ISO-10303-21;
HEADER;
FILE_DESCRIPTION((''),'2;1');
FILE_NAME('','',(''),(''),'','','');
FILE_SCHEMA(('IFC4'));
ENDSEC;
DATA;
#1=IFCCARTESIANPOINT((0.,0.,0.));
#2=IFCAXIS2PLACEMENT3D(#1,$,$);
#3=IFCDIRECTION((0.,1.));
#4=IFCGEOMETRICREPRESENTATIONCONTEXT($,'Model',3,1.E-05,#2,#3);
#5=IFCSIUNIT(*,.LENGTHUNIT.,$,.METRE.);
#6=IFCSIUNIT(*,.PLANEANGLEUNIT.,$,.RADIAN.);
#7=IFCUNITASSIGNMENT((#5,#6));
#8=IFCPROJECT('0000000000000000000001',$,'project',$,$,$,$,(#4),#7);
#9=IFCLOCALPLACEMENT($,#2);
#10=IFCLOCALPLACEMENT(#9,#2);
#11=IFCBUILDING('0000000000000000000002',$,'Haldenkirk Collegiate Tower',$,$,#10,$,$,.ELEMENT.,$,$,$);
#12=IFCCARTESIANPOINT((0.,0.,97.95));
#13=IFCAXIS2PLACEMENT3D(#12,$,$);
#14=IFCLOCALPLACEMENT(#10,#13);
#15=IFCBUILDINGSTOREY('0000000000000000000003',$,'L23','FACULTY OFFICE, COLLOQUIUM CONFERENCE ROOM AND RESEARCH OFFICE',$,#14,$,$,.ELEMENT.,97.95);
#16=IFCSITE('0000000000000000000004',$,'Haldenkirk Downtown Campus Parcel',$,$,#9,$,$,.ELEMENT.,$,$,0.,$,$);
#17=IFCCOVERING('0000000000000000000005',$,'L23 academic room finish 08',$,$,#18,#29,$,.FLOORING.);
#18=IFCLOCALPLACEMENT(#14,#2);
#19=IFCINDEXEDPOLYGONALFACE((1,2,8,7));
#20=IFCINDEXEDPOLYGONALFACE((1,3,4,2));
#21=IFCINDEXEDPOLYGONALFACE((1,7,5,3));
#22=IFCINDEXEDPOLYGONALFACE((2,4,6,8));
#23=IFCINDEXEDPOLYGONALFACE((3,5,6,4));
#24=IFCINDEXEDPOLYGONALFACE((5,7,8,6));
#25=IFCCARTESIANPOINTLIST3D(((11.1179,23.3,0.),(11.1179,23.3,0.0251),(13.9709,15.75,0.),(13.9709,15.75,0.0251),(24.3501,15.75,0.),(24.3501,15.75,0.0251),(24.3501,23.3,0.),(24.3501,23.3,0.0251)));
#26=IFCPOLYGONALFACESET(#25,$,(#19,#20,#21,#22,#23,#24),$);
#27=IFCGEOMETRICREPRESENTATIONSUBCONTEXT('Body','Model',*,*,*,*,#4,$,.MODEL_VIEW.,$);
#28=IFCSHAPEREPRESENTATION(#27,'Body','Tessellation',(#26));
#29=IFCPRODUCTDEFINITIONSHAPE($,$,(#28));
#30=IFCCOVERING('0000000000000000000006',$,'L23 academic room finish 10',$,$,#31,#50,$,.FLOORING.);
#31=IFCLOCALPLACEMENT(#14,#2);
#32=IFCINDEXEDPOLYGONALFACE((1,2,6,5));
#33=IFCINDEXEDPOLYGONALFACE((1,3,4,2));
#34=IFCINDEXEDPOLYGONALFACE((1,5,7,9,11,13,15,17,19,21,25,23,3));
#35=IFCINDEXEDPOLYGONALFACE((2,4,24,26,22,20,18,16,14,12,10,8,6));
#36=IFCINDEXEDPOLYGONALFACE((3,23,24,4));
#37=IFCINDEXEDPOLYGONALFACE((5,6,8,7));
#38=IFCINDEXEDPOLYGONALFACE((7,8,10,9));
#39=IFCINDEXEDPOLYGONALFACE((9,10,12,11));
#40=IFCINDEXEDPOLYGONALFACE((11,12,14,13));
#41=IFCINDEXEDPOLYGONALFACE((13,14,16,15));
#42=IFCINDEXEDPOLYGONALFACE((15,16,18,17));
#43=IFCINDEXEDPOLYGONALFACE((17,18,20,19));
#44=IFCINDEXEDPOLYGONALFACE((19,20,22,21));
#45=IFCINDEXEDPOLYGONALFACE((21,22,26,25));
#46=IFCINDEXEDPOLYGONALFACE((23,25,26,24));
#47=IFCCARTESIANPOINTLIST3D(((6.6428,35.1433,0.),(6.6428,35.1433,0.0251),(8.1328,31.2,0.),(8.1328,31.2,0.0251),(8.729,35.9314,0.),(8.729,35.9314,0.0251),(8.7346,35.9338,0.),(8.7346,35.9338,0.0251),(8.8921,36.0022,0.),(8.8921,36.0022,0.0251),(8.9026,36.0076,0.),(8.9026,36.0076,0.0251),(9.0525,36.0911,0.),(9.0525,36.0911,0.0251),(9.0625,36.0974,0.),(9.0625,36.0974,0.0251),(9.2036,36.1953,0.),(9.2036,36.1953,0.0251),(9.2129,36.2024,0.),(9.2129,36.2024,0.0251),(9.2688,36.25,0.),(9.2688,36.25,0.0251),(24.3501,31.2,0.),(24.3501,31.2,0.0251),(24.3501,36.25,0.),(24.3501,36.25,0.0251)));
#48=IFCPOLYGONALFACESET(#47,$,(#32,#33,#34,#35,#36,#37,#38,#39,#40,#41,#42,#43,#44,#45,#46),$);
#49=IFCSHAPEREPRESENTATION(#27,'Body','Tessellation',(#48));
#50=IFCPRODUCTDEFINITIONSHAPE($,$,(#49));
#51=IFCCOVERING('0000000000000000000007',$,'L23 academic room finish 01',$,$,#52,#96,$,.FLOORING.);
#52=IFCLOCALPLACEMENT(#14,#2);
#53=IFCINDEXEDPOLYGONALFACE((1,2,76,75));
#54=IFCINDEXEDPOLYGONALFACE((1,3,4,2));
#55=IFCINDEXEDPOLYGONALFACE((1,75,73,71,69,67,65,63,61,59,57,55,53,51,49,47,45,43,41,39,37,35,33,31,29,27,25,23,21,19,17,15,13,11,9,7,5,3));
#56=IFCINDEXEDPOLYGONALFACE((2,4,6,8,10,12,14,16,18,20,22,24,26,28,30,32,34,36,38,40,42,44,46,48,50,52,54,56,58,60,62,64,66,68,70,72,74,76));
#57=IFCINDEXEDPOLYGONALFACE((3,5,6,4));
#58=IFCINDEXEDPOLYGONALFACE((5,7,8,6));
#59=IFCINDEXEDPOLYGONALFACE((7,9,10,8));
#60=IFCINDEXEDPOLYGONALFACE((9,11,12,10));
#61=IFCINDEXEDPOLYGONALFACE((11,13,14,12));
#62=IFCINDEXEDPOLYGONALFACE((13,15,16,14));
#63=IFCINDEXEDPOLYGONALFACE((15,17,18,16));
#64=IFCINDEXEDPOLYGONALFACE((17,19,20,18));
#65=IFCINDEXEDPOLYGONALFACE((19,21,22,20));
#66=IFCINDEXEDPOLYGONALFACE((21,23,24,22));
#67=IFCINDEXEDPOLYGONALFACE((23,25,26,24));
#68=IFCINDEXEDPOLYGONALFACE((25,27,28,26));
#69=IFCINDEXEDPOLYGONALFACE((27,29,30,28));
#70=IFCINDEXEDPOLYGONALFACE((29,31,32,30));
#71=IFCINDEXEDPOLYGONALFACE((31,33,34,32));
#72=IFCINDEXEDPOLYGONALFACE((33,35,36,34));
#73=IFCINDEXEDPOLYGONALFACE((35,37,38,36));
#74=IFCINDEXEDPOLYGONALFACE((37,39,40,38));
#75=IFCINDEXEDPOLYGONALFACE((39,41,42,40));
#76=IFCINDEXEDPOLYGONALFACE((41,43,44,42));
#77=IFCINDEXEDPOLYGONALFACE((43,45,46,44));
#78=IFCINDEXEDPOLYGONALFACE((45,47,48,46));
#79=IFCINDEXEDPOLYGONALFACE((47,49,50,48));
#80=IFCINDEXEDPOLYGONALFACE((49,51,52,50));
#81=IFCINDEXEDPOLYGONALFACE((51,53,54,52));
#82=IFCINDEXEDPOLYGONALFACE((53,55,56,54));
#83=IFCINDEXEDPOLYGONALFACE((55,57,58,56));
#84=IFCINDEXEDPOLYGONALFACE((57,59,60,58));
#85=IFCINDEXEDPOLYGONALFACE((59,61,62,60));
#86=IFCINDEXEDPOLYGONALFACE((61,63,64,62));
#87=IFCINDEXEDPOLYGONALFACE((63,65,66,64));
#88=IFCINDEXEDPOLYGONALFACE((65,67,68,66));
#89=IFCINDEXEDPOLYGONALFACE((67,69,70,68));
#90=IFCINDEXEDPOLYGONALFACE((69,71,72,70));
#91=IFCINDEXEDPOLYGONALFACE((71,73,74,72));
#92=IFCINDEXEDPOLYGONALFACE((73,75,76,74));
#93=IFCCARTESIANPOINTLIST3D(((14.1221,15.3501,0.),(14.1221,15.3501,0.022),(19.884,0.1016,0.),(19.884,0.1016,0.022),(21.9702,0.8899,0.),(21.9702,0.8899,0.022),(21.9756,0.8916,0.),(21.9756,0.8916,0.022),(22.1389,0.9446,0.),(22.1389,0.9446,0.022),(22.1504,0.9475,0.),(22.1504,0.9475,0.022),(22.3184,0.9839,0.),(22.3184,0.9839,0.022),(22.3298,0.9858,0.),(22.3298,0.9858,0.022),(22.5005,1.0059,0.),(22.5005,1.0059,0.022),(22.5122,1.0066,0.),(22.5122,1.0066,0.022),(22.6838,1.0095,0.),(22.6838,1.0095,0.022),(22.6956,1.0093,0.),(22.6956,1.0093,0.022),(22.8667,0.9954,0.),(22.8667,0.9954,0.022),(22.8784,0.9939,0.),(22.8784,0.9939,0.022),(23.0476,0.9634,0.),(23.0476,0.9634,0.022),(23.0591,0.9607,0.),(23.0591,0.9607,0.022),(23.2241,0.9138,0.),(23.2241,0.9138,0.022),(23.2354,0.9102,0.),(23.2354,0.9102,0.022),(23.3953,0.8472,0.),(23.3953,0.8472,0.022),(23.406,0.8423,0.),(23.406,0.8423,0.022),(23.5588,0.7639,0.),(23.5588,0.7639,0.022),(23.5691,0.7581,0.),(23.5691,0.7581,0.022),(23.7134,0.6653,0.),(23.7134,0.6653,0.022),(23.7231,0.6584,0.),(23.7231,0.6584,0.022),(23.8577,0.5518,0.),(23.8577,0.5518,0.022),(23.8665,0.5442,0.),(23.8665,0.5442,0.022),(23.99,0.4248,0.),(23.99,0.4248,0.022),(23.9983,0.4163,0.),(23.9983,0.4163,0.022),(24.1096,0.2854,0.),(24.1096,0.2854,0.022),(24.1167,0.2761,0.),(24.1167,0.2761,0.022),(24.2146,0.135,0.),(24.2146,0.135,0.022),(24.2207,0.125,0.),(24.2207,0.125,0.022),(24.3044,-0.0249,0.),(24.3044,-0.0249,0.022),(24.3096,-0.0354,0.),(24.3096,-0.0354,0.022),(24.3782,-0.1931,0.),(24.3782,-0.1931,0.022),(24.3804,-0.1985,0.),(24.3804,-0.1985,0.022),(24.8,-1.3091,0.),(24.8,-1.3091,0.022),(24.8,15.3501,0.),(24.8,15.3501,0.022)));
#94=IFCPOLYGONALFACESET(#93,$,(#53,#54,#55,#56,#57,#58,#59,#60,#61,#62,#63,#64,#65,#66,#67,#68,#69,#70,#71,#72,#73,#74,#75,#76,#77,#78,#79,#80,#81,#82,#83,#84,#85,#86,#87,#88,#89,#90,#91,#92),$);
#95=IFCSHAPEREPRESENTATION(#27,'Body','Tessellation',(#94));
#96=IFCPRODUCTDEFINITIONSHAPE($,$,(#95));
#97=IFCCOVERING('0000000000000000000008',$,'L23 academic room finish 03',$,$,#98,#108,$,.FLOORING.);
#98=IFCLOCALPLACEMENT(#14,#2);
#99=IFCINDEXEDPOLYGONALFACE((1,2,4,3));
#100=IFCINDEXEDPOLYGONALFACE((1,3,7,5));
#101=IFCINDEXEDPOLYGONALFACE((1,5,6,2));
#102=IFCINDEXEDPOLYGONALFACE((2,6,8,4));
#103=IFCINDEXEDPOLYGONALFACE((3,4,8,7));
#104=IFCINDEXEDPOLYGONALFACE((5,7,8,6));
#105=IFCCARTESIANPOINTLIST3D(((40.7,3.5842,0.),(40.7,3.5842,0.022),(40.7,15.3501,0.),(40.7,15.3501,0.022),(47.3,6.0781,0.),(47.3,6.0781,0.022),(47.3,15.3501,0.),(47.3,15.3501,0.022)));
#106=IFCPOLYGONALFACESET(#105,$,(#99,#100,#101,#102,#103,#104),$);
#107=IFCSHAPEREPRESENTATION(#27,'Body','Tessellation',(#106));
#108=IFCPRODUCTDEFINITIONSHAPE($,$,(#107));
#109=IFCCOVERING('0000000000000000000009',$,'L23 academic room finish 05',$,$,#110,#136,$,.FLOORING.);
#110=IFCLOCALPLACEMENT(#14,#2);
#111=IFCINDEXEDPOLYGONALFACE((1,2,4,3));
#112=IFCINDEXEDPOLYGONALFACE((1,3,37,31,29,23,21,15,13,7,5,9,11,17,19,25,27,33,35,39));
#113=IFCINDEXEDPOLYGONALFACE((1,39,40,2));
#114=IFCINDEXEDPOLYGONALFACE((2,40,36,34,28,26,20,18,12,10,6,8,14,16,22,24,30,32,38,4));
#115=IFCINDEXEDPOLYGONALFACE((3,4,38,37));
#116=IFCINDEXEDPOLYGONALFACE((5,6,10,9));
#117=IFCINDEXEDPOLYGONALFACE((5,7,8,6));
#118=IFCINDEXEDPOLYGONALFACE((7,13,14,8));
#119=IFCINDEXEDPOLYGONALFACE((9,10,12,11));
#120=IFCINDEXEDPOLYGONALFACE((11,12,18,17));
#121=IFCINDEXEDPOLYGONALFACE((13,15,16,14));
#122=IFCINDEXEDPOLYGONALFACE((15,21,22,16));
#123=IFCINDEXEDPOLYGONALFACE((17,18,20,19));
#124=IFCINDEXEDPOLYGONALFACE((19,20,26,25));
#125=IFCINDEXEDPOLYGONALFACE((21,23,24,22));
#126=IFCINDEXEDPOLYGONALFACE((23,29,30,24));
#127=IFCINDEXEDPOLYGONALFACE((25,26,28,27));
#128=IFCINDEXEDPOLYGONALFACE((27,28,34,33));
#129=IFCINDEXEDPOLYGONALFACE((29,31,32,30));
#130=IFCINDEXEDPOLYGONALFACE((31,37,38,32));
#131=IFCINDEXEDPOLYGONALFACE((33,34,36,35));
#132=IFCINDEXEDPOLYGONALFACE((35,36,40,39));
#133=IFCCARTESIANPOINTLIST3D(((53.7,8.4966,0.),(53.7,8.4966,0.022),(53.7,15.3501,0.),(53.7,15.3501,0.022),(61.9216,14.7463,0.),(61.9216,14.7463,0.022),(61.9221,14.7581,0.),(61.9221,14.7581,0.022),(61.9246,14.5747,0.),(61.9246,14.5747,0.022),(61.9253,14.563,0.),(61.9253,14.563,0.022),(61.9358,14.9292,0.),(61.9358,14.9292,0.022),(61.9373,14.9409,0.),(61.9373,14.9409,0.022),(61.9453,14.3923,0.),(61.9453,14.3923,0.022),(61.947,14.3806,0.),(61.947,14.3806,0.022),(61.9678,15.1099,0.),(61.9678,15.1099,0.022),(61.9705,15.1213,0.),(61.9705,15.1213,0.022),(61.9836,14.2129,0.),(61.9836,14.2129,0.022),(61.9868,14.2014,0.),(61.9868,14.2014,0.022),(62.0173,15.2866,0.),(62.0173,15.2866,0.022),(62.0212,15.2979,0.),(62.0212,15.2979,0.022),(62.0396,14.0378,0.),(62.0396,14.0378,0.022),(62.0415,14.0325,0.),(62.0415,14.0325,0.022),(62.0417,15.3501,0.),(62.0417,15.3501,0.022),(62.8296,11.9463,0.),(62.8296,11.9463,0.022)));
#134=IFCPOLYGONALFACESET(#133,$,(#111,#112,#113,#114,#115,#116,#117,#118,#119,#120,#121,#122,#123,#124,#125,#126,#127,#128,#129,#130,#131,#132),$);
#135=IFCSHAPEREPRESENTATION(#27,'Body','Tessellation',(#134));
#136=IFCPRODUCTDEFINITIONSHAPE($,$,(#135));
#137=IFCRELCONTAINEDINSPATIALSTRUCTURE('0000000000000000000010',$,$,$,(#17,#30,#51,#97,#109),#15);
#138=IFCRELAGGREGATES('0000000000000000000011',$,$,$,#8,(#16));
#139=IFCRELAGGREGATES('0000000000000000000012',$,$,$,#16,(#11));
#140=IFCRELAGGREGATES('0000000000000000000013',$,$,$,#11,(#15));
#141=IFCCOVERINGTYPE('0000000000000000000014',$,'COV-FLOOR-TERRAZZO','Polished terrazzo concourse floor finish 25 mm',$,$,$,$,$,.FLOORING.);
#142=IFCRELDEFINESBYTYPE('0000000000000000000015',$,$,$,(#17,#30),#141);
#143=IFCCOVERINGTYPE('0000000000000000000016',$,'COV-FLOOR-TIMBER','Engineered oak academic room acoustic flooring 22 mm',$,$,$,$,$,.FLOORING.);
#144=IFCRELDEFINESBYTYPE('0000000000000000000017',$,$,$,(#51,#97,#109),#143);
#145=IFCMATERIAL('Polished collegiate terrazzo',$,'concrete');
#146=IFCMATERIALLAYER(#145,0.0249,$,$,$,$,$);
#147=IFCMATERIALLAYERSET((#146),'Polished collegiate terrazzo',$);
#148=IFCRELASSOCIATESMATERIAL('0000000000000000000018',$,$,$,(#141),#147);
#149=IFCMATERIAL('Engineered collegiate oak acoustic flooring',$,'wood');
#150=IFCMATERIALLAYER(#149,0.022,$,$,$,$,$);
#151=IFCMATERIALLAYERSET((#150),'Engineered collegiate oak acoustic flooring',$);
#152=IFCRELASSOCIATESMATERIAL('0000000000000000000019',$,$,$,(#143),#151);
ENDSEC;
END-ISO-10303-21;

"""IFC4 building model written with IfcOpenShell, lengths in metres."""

from ifc_helpers import new_model, si_unit, direction, frame, origin, place, context, subcontext, project, spatial, polyline, outline, extrude, material, layer, layer_set, type_object, element, save


model = new_model("IFC4")

# Units and contexts
model_context = context("Model", 3, precision=1e-05, world=origin(), true_north=direction((0.0, 1.0)))
body_context = subcontext(model_context, "Body", "Model", "MODEL_VIEW")
ifc_project = project(units=[si_unit("LENGTHUNIT", "METRE"), si_unit("PLANEANGLEUNIT", "RADIAN")], contexts=[model_context])

# Site, building, storey
site_placement = place(None, origin())
site = spatial("IfcSite", under=ifc_project, at=site_placement, Name="Haldenkirk Downtown Campus Parcel", CompositionType="ELEMENT", RefElevation=0.0)
building_placement = place(site_placement, origin())
building = spatial("IfcBuilding", under=site, at=building_placement, Name="Haldenkirk Collegiate Tower", CompositionType="ELEMENT")
storey_placement = place(building_placement, frame((0.0, 0.0, 97.95)))
storey = spatial("IfcBuildingStorey", under=building, at=storey_placement, Name="L23", Description="FACULTY OFFICE, COLLOQUIUM CONFERENCE ROOM AND RESEARCH OFFICE", CompositionType="ELEMENT", Elevation=97.95)

# Coverings
ifc_material_1 = material(Name="Polished collegiate terrazzo", Category="concrete")
ifc_layer_1 = layer(ifc_material_1, 0.0249)
ifc_layer_set_1 = layer_set([ifc_layer_1], Name="Polished collegiate terrazzo")
covering_type_1 = type_object("IfcCoveringType", Name="COV-FLOOR-TERRAZZO", Description="Polished terrazzo concourse floor finish 25 mm", PredefinedType="FLOORING", material=ifc_layer_set_1)
covering_1_placement = place(storey_placement, origin())
element("IfcCovering", 1, at=covering_1_placement, inside=storey, type_object=covering_type_1, Name="L23 academic room finish 08", PredefinedType="FLOORING", context=body_context, shape_type="SweptSolid", body=[
    extrude(outline(polyline([(11.1179, 23.3), (24.3501, 23.3), (24.3501, 15.75), (13.9709, 15.75), (11.1179, 23.3)])), origin(), (0.0, 0.0, 1.0), 0.0251),
])
covering_2_placement = place(storey_placement, origin())
element("IfcCovering", 2, at=covering_2_placement, inside=storey, type_object=covering_type_1, Name="L23 academic room finish 10", PredefinedType="FLOORING", context=body_context, shape_type="SweptSolid", body=[
    extrude(outline(polyline([(8.729, 35.9314), (8.7346, 35.9338), (8.8921, 36.0022), (8.9026, 36.0076), (9.0525, 36.0911), (9.0625, 36.0974), (9.2036, 36.1953), (9.2129, 36.2024), (9.2688, 36.25), (24.3501, 36.25), (24.3501, 31.2), (8.1328, 31.2), (6.6428, 35.1433), (8.729, 35.9314)])), origin(), (0.0, 0.0, 1.0), 0.0251),
])
ifc_material_2 = material(Name="Engineered collegiate oak acoustic flooring", Category="wood")
ifc_layer_2 = layer(ifc_material_2, 0.022)
ifc_layer_set_2 = layer_set([ifc_layer_2], Name="Engineered collegiate oak acoustic flooring")
covering_type_2 = type_object("IfcCoveringType", Name="COV-FLOOR-TIMBER", Description="Engineered oak academic room acoustic flooring 22 mm", PredefinedType="FLOORING", material=ifc_layer_set_2)
covering_3_placement = place(storey_placement, origin())
element("IfcCovering", 3, at=covering_3_placement, inside=storey, type_object=covering_type_2, Name="L23 academic room finish 01", PredefinedType="FLOORING", context=body_context, shape_type="SweptSolid", body=[
    extrude(outline(polyline([(23.9983, 0.4163), (23.99, 0.4248), (23.8665, 0.5442), (23.8577, 0.5518), (23.7231, 0.6584), (23.7134, 0.6653), (23.5691, 0.7581), (23.5588, 0.7639), (23.406, 0.8423), (23.3953, 0.8472), (23.2354, 0.9102), (23.2241, 0.9138), (23.0591, 0.9607), (23.0476, 0.9634), (22.8784, 0.9939), (22.8667, 0.9954), (22.6956, 1.0093), (22.6838, 1.0095), (22.5122, 1.0066), (22.5005, 1.0059), (22.3298, 0.9858), (22.3184, 0.9839), (22.1504, 0.9475), (22.1389, 0.9446), (21.9756, 0.8916), (21.9702, 0.8899), (19.884, 0.1016), (14.1221, 15.3501), (24.8, 15.3501), (24.8, -1.3091), (24.3804, -0.1985), (24.3782, -0.1931), (24.3096, -0.0354), (24.3044, -0.0249), (24.2207, 0.125), (24.2146, 0.135), (24.1167, 0.2761), (24.1096, 0.2854), (23.9983, 0.4163)])), origin(), (0.0, 0.0, 1.0), 0.022),
])
covering_4_placement = place(storey_placement, origin())
element("IfcCovering", 4, at=covering_4_placement, inside=storey, type_object=covering_type_2, Name="L23 academic room finish 03", PredefinedType="FLOORING", context=body_context, shape_type="SweptSolid", body=[
    extrude(outline(polyline([(40.7, 3.5842), (40.7, 15.3501), (47.3, 15.3501), (47.3, 6.0781), (40.7, 3.5842)])), origin(), (0.0, 0.0, 1.0), 0.022),
])
covering_5_placement = place(storey_placement, origin())
element("IfcCovering", 5, at=covering_5_placement, inside=storey, type_object=covering_type_2, Name="L23 academic room finish 05", PredefinedType="FLOORING", context=body_context, shape_type="SweptSolid", body=[
    extrude(outline(polyline([(62.0417, 15.3501), (62.0212, 15.2979), (62.0173, 15.2866), (61.9705, 15.1213), (61.9678, 15.1099), (61.9373, 14.9409), (61.9358, 14.9292), (61.9221, 14.7581), (61.9216, 14.7463), (61.9246, 14.5747), (61.9253, 14.563), (61.9453, 14.3923), (61.947, 14.3806), (61.9836, 14.2129), (61.9868, 14.2014), (62.0396, 14.0378), (62.0415, 14.0325), (62.8296, 11.9463), (53.7, 8.4966), (53.7, 15.3501), (62.0417, 15.3501)])), origin(), (0.0, 0.0, 1.0), 0.022),
])

save(model, "model.ifc")
